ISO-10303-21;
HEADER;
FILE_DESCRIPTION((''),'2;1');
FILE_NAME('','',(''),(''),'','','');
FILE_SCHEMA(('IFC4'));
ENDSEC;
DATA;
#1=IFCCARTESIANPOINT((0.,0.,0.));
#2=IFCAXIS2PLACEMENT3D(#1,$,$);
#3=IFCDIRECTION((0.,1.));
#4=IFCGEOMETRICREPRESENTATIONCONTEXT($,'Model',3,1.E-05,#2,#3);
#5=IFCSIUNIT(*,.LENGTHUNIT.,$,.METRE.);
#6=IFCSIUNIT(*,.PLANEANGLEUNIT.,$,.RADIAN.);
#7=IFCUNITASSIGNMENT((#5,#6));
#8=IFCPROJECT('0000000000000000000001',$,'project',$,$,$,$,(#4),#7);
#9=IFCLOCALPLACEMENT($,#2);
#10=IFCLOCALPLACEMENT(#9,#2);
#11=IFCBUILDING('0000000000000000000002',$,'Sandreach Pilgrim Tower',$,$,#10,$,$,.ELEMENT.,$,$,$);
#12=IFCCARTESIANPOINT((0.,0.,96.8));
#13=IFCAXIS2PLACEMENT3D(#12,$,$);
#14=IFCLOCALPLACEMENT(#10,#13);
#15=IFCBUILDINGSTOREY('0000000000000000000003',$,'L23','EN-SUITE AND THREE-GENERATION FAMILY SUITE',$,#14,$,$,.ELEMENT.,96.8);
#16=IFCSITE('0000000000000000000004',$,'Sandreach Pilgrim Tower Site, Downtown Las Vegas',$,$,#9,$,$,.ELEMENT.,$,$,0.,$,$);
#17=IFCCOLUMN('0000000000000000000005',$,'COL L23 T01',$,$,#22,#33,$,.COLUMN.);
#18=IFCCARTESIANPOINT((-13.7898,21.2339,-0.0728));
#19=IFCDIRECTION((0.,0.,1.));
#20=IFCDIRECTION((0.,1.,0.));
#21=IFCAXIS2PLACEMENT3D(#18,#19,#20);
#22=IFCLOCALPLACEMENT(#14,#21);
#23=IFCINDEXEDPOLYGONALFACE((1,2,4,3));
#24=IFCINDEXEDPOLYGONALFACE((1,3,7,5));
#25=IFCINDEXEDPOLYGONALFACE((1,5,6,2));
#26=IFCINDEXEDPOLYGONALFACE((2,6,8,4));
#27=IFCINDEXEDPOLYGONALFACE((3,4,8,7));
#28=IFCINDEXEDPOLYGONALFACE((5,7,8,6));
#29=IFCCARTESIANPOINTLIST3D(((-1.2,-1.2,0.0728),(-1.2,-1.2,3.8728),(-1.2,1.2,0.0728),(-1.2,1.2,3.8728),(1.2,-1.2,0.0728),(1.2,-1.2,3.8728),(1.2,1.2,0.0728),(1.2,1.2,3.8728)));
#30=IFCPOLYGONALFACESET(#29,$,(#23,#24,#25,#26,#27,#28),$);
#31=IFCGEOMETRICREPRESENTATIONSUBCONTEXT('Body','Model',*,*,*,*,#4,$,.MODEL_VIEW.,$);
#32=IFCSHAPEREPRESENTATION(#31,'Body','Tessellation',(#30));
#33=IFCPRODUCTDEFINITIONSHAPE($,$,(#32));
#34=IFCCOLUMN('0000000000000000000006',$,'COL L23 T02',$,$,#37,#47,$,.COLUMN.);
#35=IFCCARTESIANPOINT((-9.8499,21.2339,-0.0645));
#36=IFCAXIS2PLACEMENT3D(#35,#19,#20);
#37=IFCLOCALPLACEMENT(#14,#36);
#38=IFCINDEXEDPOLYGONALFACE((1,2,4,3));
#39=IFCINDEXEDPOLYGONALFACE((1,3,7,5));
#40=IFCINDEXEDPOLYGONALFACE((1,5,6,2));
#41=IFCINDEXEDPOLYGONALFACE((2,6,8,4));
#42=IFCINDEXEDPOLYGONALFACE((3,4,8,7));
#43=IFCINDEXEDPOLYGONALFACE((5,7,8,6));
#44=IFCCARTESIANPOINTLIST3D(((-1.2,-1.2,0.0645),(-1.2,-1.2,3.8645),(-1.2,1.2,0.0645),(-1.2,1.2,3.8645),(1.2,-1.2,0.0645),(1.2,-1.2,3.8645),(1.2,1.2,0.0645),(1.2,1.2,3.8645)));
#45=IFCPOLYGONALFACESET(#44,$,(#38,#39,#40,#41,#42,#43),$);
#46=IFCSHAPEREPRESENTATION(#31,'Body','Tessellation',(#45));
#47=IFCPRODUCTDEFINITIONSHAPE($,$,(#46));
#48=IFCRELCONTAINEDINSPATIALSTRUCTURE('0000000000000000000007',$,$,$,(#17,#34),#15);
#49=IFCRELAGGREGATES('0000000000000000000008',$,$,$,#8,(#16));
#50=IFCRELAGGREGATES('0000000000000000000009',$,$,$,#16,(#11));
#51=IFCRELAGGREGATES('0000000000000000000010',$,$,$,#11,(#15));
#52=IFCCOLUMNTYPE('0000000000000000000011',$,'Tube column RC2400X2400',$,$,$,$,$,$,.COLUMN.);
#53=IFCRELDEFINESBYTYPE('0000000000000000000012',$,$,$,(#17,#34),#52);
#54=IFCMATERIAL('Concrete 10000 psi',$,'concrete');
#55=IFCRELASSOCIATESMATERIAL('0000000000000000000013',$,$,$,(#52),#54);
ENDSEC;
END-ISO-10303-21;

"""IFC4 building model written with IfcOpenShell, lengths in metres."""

from ifc_helpers import new_model, si_unit, direction, frame, origin, origin_2d, place, context, subcontext, project, spatial, rectangle, extrude, clip, halfspace, material, material_profile, profile_set, type_object, element, save


model = new_model("IFC4")

# Units and contexts
model_context = context("Model", 3, precision=1e-05, world=origin(), true_north=direction((0.0, 1.0)))
body_context = subcontext(model_context, "Body", "Model", "MODEL_VIEW")
ifc_project = project(units=[si_unit("LENGTHUNIT", "METRE"), si_unit("PLANEANGLEUNIT", "RADIAN")], contexts=[model_context])

# Site, building, storey
site_placement = place(None, origin())
site = spatial("IfcSite", under=ifc_project, at=site_placement, Name="Sandreach Pilgrim Tower Site, Downtown Las Vegas", CompositionType="ELEMENT", RefElevation=0.0)
building_placement = place(site_placement, origin())
building = spatial("IfcBuilding", under=site, at=building_placement, Name="Sandreach Pilgrim Tower", CompositionType="ELEMENT")
storey_placement = place(building_placement, frame((0.0, 0.0, 96.8)))
storey = spatial("IfcBuildingStorey", under=building, at=storey_placement, Name="L23", Description="EN-SUITE AND THREE-GENERATION FAMILY SUITE", CompositionType="ELEMENT", Elevation=96.8)

# Columns
ifc_material_1 = material(Name="Concrete 10000 psi", Category="concrete")
ifc_material_profile_1 = material_profile(ifc_material_1, rectangle(XDim=2.3999, YDim=2.3999, at=origin_2d()), Name="RC2400X2400")
ifc_profile_set_1 = profile_set([ifc_material_profile_1], Name="Concrete 10000 psi")
column_type = type_object("IfcColumnType", Name="Tube column RC2400X2400", PredefinedType="COLUMN", material=ifc_profile_set_1)
column_1_placement = place(storey_placement, frame((-13.7898, 21.2339, -0.0728), z_axis=(0.0, 0.0, 1.0), x_axis=(0.0, 1.0, 0.0)))
element("IfcColumn", 1, at=column_1_placement, inside=storey, type_object=column_type, Name="COL L23 T01", PredefinedType="COLUMN", context=body_context, shape_type="SweptSolid", body=[
    clip(extrude(rectangle(XDim=2.3999, YDim=2.3999, at=origin_2d()), origin(), (0.0, 0.0, 1.0), 3.8728), halfspace(frame((0.0, 0.0, 0.0728)), True)),
])
column_2_placement = place(storey_placement, frame((-9.8499, 21.2339, -0.0645), z_axis=(0.0, 0.0, 1.0), x_axis=(0.0, 1.0, 0.0)))
element("IfcColumn", 2, at=column_2_placement, inside=storey, type_object=column_type, Name="COL L23 T02", PredefinedType="COLUMN", context=body_context, shape_type="SweptSolid", body=[
    clip(extrude(rectangle(XDim=2.3999, YDim=2.3999, at=origin_2d()), origin(), (0.0, 0.0, 1.0), 3.8645), halfspace(frame((0.0, 0.0, 0.0645)), True)),
])

save(model, "model.ifc")
